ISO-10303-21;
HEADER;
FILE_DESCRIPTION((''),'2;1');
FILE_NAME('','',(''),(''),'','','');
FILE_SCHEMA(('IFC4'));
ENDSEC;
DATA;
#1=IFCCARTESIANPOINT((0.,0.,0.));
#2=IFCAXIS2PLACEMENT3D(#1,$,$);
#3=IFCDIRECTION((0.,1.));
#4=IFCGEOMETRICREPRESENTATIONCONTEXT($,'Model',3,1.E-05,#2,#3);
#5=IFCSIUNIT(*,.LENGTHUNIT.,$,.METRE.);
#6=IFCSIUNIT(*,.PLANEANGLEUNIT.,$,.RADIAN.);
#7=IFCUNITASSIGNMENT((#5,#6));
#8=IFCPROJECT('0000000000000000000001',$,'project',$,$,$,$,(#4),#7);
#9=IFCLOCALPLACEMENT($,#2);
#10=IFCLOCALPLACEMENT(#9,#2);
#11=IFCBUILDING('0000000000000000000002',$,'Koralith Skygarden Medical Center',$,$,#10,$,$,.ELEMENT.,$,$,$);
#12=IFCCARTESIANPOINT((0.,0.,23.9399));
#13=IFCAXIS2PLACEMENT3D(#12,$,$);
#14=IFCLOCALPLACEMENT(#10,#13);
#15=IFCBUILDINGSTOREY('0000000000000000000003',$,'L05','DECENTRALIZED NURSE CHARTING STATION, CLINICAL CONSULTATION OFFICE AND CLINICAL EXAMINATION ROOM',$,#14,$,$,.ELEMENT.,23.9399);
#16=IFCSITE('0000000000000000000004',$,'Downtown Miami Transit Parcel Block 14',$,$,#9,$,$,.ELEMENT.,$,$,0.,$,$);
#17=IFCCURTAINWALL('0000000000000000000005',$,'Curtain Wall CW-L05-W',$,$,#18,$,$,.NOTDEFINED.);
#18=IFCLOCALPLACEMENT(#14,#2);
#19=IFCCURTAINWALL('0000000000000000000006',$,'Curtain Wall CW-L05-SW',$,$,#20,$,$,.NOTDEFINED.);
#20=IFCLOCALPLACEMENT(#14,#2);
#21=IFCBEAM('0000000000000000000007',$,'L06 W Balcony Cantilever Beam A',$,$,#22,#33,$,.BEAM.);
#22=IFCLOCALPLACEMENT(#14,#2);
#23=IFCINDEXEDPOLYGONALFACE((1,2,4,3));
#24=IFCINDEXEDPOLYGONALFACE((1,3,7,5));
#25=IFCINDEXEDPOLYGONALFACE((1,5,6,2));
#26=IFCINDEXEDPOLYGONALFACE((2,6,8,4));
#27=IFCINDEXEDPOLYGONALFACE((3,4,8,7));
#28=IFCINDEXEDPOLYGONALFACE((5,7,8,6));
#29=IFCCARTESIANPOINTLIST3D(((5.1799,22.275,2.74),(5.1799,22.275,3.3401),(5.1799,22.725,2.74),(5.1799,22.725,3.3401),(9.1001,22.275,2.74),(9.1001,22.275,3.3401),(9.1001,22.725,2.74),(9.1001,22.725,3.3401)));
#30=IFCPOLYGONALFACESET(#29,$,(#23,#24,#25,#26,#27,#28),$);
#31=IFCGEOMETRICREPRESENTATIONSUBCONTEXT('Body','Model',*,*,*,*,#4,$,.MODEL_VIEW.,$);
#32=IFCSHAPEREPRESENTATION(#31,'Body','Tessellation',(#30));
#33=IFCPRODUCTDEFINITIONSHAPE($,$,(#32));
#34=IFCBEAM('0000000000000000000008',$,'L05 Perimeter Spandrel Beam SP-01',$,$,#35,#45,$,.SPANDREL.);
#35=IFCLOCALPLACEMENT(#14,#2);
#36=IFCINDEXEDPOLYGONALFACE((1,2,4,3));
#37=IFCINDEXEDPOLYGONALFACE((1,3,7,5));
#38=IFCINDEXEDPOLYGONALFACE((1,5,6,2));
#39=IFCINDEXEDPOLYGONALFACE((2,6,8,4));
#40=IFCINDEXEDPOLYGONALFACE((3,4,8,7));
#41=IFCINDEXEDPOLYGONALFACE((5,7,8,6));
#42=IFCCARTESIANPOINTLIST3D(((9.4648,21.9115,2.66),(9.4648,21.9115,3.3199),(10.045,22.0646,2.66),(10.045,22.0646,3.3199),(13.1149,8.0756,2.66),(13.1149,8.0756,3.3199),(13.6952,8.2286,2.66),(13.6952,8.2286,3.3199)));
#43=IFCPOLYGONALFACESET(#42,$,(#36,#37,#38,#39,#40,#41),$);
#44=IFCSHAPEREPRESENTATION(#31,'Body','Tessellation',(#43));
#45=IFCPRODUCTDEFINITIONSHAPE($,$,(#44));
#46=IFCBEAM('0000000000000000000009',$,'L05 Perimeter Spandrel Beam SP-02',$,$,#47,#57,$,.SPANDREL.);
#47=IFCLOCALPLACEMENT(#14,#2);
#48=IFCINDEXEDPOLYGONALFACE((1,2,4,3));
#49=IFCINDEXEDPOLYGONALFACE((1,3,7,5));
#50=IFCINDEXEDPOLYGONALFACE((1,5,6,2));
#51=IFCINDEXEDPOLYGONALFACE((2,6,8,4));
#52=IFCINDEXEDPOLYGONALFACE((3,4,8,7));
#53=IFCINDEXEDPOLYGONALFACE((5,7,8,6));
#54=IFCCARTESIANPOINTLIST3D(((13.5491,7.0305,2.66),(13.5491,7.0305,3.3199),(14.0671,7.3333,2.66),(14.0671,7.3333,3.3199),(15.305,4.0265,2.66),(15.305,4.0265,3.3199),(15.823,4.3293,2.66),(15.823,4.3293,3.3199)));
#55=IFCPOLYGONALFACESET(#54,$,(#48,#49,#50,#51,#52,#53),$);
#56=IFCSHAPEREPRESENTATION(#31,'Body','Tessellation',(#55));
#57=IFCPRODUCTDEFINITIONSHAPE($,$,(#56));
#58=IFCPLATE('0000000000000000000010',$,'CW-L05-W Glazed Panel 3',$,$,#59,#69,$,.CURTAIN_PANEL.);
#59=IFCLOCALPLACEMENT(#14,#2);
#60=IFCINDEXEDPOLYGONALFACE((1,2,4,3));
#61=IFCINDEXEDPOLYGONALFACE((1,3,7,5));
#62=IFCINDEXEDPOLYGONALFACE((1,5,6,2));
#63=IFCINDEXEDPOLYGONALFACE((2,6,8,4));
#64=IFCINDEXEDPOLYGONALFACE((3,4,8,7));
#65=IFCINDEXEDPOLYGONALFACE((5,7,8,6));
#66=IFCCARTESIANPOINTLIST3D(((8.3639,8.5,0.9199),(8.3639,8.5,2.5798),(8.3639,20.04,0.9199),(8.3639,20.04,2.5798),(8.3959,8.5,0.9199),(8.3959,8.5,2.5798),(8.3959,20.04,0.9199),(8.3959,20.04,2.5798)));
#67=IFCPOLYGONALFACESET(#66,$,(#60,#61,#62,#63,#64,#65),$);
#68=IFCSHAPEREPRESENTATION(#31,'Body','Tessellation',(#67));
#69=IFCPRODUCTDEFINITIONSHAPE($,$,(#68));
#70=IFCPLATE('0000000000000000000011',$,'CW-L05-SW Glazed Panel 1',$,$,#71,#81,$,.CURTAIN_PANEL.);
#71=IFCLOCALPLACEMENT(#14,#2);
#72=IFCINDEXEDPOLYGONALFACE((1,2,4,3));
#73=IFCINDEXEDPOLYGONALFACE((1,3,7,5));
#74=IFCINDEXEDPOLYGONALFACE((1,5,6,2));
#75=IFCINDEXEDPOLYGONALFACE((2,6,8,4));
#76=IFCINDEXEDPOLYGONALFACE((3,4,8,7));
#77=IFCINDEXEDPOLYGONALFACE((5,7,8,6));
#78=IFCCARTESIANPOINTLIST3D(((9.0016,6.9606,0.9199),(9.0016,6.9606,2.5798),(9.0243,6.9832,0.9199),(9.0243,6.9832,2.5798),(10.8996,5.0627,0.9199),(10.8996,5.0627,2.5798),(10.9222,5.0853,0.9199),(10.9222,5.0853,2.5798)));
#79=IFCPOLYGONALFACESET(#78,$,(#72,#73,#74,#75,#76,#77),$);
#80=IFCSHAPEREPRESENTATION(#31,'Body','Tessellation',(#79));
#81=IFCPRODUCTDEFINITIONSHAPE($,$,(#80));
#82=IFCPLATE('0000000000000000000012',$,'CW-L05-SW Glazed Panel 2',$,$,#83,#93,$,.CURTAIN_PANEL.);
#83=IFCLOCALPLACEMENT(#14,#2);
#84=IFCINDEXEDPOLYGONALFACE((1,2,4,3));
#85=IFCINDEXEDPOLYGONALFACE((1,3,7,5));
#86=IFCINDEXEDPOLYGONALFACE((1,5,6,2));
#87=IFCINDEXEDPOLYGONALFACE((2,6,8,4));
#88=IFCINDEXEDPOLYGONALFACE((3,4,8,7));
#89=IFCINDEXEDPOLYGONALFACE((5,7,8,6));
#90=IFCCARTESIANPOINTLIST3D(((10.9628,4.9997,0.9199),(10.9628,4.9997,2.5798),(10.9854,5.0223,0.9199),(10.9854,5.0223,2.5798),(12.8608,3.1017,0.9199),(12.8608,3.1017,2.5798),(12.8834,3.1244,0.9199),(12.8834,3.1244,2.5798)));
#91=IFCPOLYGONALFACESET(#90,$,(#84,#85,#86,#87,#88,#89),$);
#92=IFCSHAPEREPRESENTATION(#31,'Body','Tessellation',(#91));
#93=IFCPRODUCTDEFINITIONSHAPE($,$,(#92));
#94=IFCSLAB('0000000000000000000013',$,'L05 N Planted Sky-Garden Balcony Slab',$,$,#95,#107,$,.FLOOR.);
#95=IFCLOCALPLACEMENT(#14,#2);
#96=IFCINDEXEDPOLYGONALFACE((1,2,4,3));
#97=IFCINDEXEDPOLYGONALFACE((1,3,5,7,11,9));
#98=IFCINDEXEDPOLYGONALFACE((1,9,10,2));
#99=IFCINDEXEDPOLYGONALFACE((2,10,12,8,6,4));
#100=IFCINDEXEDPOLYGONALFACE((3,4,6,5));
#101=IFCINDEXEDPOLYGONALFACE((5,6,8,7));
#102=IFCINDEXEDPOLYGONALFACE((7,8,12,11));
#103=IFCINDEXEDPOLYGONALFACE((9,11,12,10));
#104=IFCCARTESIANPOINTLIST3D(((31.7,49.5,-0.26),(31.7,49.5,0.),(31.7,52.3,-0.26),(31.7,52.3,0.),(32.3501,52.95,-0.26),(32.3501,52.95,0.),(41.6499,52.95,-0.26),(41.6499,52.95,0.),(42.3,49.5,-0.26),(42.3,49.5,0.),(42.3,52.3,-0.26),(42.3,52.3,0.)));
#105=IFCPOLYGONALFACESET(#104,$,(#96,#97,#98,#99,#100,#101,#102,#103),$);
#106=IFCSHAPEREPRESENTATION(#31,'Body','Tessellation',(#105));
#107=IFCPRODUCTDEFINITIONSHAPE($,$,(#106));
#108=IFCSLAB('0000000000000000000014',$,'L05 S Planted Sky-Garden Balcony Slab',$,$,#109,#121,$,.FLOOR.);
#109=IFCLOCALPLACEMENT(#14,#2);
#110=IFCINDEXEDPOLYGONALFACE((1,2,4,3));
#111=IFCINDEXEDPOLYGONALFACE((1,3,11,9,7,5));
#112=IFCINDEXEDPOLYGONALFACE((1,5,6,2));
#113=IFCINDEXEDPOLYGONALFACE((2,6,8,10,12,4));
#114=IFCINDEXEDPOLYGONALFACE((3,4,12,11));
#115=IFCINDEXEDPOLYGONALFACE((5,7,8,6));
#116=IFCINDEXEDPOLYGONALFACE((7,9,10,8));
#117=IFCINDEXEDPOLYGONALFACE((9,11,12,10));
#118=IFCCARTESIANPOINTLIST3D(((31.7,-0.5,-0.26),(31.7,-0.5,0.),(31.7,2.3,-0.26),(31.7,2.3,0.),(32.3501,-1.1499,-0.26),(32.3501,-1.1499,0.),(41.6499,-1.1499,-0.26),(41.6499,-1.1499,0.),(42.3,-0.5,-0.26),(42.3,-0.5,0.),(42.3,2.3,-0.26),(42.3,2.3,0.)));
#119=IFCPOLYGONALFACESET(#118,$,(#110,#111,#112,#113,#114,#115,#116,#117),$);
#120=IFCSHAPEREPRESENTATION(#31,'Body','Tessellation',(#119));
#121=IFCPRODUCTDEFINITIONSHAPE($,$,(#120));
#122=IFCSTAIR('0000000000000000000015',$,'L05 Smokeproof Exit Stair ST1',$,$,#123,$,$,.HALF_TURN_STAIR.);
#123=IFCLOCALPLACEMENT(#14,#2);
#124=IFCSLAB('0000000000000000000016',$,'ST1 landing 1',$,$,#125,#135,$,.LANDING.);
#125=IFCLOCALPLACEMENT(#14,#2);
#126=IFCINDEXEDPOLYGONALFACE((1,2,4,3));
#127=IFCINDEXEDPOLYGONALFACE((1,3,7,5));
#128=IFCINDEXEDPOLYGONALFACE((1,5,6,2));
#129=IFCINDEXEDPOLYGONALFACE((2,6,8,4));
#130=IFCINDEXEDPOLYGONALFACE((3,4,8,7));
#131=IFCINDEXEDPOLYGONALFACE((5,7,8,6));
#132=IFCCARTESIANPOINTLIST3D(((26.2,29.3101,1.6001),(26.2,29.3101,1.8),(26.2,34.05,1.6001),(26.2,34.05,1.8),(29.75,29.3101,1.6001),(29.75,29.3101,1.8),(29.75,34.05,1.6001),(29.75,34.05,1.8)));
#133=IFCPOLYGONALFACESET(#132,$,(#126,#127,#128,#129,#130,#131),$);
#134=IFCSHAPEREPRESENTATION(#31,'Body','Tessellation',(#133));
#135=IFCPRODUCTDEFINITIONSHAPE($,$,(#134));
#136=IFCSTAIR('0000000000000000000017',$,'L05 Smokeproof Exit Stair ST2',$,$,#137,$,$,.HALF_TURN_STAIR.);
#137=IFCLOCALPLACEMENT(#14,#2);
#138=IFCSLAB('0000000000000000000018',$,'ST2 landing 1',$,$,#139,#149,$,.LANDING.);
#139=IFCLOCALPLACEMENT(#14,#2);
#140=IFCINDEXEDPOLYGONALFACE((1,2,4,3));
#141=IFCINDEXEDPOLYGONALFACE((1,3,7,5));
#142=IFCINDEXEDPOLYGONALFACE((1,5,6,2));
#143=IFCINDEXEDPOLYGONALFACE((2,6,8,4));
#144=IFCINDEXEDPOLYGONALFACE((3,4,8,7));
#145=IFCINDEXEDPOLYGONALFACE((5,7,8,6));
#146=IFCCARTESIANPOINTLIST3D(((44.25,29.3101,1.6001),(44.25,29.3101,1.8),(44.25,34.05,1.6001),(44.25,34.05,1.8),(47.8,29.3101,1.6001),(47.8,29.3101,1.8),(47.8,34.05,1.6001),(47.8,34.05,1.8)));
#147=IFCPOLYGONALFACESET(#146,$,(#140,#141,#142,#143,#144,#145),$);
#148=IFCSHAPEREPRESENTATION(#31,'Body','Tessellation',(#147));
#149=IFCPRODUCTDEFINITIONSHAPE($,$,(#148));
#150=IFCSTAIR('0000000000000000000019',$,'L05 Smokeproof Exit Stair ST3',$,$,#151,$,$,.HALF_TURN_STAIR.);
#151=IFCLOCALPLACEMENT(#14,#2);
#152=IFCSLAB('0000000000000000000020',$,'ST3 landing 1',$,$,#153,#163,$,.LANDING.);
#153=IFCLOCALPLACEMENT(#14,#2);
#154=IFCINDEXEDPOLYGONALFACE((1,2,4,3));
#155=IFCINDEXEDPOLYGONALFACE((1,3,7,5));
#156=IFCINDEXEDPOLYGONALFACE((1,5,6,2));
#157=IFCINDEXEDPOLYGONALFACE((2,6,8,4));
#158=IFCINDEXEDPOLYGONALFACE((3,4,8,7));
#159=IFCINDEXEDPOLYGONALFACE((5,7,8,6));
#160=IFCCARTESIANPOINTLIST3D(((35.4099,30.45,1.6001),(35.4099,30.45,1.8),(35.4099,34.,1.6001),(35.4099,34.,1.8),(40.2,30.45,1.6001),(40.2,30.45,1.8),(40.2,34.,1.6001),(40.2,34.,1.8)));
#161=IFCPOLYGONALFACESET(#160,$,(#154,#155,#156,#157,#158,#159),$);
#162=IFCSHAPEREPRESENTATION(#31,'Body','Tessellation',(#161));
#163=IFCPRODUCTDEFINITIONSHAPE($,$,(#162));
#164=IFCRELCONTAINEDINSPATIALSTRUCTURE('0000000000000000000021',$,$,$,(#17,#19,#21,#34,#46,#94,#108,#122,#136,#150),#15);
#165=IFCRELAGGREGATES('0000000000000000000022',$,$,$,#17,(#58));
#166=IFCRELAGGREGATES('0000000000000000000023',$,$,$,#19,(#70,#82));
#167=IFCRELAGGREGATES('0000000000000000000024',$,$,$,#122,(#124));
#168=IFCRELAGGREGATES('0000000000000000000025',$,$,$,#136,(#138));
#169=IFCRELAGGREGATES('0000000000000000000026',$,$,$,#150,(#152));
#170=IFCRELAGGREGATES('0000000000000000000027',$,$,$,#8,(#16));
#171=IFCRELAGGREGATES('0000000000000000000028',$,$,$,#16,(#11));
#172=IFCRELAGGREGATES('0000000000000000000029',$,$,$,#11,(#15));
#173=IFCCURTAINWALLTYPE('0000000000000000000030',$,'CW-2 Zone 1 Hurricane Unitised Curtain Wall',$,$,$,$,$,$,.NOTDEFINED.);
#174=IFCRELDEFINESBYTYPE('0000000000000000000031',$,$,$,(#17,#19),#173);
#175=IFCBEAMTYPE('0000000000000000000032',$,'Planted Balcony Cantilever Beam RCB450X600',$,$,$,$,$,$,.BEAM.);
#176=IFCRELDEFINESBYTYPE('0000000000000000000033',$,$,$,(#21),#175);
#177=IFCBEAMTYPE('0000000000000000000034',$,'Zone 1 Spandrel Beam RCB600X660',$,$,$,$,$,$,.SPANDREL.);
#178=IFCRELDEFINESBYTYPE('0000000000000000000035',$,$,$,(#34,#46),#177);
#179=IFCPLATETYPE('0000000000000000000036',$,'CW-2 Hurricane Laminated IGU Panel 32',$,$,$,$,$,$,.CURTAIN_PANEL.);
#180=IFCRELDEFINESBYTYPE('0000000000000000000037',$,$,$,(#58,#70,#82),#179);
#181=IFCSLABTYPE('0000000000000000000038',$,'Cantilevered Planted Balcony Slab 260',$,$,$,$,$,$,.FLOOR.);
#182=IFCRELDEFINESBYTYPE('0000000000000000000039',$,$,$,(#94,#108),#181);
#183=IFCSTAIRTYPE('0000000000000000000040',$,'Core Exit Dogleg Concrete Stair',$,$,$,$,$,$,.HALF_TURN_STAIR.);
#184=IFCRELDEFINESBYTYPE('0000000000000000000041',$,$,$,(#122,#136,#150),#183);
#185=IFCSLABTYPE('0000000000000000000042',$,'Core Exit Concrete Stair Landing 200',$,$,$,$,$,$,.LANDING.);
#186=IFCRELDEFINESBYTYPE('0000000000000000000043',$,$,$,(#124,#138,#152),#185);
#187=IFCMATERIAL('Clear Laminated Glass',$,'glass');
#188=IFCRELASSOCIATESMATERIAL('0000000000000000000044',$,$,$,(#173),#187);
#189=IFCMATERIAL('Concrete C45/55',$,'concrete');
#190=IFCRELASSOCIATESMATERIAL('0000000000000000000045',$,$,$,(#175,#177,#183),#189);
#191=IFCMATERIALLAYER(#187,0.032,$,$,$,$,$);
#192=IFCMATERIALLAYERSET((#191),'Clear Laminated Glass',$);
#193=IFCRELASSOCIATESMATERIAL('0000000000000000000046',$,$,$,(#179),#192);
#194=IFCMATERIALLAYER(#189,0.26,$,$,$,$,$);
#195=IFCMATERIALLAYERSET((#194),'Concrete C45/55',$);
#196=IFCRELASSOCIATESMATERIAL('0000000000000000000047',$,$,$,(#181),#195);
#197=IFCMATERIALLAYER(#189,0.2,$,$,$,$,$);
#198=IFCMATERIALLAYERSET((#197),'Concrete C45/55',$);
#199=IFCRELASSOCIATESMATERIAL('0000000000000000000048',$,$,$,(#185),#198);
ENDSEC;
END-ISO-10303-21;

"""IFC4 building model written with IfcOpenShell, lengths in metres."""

from ifc_helpers import new_model, si_unit, direction, frame, origin, origin_2d, place, context, subcontext, project, spatial, polyline, rectangle, outline, extrude, material, layer, layer_set, material_profile, profile_set, type_object, element, aggregate, save


model = new_model("IFC4")

# Units and contexts
model_context = context("Model", 3, precision=1e-05, world=origin(), true_north=direction((0.0, 1.0)))
body_context = subcontext(model_context, "Body", "Model", "MODEL_VIEW")
ifc_project = project(units=[si_unit("LENGTHUNIT", "METRE"), si_unit("PLANEANGLEUNIT", "RADIAN")], contexts=[model_context])

# Site, building, storey
site_placement = place(None, origin())
site = spatial("IfcSite", under=ifc_project, at=site_placement, Name="Downtown Miami Transit Parcel Block 14", CompositionType="ELEMENT", RefElevation=0.0)
building_placement = place(site_placement, origin())
building = spatial("IfcBuilding", under=site, at=building_placement, Name="Koralith Skygarden Medical Center", CompositionType="ELEMENT")
storey_placement = place(building_placement, frame((0.0, 0.0, 23.9399)))
storey = spatial("IfcBuildingStorey", under=building, at=storey_placement, Name="L05", Description="DECENTRALIZED NURSE CHARTING STATION, CLINICAL CONSULTATION OFFICE AND CLINICAL EXAMINATION ROOM", CompositionType="ELEMENT", Elevation=23.9399)

# Shared definitions
ifc_material_1 = material(Name="Clear Laminated Glass", Category="glass")
curtain_wall_type = type_object("IfcCurtainWallType", Name="CW-2 Zone 1 Hurricane Unitised Curtain Wall", PredefinedType="NOTDEFINED", material=ifc_material_1)

# Curtain walls
curtain_wall_1_placement = place(storey_placement, origin())
curtain_wall_1 = element("IfcCurtainWall", 1, at=curtain_wall_1_placement, inside=storey, type_object=curtain_wall_type, Name="Curtain Wall CW-L05-W", PredefinedType="NOTDEFINED")
curtain_wall_2_placement = place(storey_placement, origin())
curtain_wall_2 = element("IfcCurtainWall", 2, at=curtain_wall_2_placement, inside=storey, type_object=curtain_wall_type, Name="Curtain Wall CW-L05-SW", PredefinedType="NOTDEFINED")

# Beams
ifc_material_2 = material(Name="Concrete C45/55", Category="concrete")
ifc_material_profile_1 = material_profile(ifc_material_2, rectangle(XDim=0.45, YDim=0.6001, at=origin_2d()), Name="RCB450X600")
ifc_profile_set_1 = profile_set([ifc_material_profile_1], Name="Concrete C45/55")
beam_type_1 = type_object("IfcBeamType", Name="Planted Balcony Cantilever Beam RCB450X600", PredefinedType="BEAM", material=ifc_profile_set_1)
beam_1_placement = place(storey_placement, frame((9.1001, 22.5, 3.04), z_axis=(-1.0, 0.0, 0.0), x_axis=(0.0, -1.0, 0.0)))
element("IfcBeam", 3, at=beam_1_placement, inside=storey, type_object=beam_type_1, Name="L06 W Balcony Cantilever Beam A", PredefinedType="BEAM", context=body_context, shape_type="SweptSolid", body=[
    extrude(rectangle(XDim=0.45, YDim=0.6001, at=origin_2d()), origin(), (0.0, 0.0, 1.0), 3.9202),
])
ifc_material_profile_2 = material_profile(ifc_material_2, rectangle(XDim=0.6001, YDim=0.6599, at=origin_2d()), Name="RCB600X660")
ifc_profile_set_2 = profile_set([ifc_material_profile_2], Name="Concrete C45/55")
beam_type_2 = type_object("IfcBeamType", Name="Zone 1 Spandrel Beam RCB600X660", PredefinedType="SPANDREL", material=ifc_profile_set_2)
beam_2_placement = place(storey_placement, frame((9.7549, 21.988, 2.99), z_axis=(0.255089, -0.966918, 0.0), x_axis=(0.966918, 0.255089, 0.0)))
element("IfcBeam", 4, at=beam_2_placement, inside=storey, type_object=beam_type_2, Name="L05 Perimeter Spandrel Beam SP-01", PredefinedType="SPANDREL", context=body_context, shape_type="SweptSolid", body=[
    extrude(rectangle(XDim=0.6001, YDim=0.6599, at=origin_2d()), origin(), (0.0, 0.0, 1.0), 14.3093),
])
beam_3_placement = place(storey_placement, frame((13.8081, 7.1819, 2.99), z_axis=(0.504639, -0.863331, 0.0), x_axis=(0.863331, 0.504639, 0.0)))
element("IfcBeam", 5, at=beam_3_placement, inside=storey, type_object=beam_type_2, Name="L05 Perimeter Spandrel Beam SP-02", PredefinedType="SPANDREL", context=body_context, shape_type="SweptSolid", body=[
    extrude(rectangle(XDim=0.6001, YDim=0.6599, at=origin_2d()), origin(), (0.0, 0.0, 1.0), 3.4795),
])

# Plates
ifc_layer_1 = layer(ifc_material_1, 0.032)
ifc_layer_set_1 = layer_set([ifc_layer_1], Name="Clear Laminated Glass")
plate_type_1 = type_object("IfcPlateType", Name="CW-2 Hurricane Laminated IGU Panel 32", PredefinedType="CURTAIN_PANEL", material=ifc_layer_set_1)
plate_1_placement = place(storey_placement, frame((8.3799, 14.27, 0.9199), z_axis=(0.0, 0.0, 1.0), x_axis=(0.0, -1.0, 0.0)))
plate_1 = element("IfcPlate", 6, at=plate_1_placement, type_object=plate_type_1, Name="CW-L05-W Glazed Panel 3", PredefinedType="CURTAIN_PANEL", context=body_context, shape_type="SweptSolid", body=[
    extrude(rectangle(XDim=11.54, YDim=0.032, at=origin_2d()), origin(), (0.0, 0.0, 1.0), 1.6599),
])
aggregate(curtain_wall_1, [plate_1])
plate_2_placement = place(storey_placement, frame((9.9619, 6.0229, 0.9199), z_axis=(0.0, 0.0, 1.0), x_axis=(0.707107, -0.707107, 0.0)))
plate_2 = element("IfcPlate", 7, at=plate_2_placement, type_object=plate_type_1, Name="CW-L05-SW Glazed Panel 1", PredefinedType="CURTAIN_PANEL", context=body_context, shape_type="SweptSolid", body=[
    extrude(rectangle(XDim=2.6841, YDim=0.032, at=origin_2d()), origin(), (0.0, 0.0, 1.0), 1.6599),
])
plate_3_placement = place(storey_placement, frame((11.9231, 4.062, 0.9199), z_axis=(0.0, 0.0, 1.0), x_axis=(0.707107, -0.707107, 0.0)))
plate_3 = element("IfcPlate", 8, at=plate_3_placement, type_object=plate_type_1, Name="CW-L05-SW Glazed Panel 2", PredefinedType="CURTAIN_PANEL", context=body_context, shape_type="SweptSolid", body=[
    extrude(rectangle(XDim=2.6841, YDim=0.032, at=origin_2d()), origin(), (0.0, 0.0, 1.0), 1.6599),
])
aggregate(curtain_wall_2, [plate_2, plate_3])

# Slabs
ifc_layer_2 = layer(ifc_material_2, 0.26)
ifc_layer_set_2 = layer_set([ifc_layer_2], Name="Concrete C45/55")
slab_type_1 = type_object("IfcSlabType", Name="Cantilevered Planted Balcony Slab 260", PredefinedType="FLOOR", material=ifc_layer_set_2)
slab_1_placement = place(storey_placement, frame((0.0, 0.0, -0.26)))
element("IfcSlab", 9, at=slab_1_placement, inside=storey, type_object=slab_type_1, Name="L05 N Planted Sky-Garden Balcony Slab", PredefinedType="FLOOR", context=body_context, shape_type="SweptSolid", body=[
    extrude(outline(polyline([(31.7, 49.5), (42.3, 49.5), (42.3, 52.3), (41.6499, 52.95), (32.3501, 52.95), (31.7, 52.3), (31.7, 49.5)])), origin(), (0.0, 0.0, 1.0), 0.26),
])
slab_2_placement = place(storey_placement, frame((0.0, 0.0, -0.26)))
element("IfcSlab", 10, at=slab_2_placement, inside=storey, type_object=slab_type_1, Name="L05 S Planted Sky-Garden Balcony Slab", PredefinedType="FLOOR", context=body_context, shape_type="SweptSolid", body=[
    extrude(outline(polyline([(32.3501, -1.1499), (41.6499, -1.1499), (42.3, -0.5), (42.3, 2.3), (31.7, 2.3), (31.7, -0.5), (32.3501, -1.1499)])), origin(), (0.0, 0.0, 1.0), 0.26),
])

# Stairs, slabs
stair_type = type_object("IfcStairType", Name="Core Exit Dogleg Concrete Stair", PredefinedType="HALF_TURN_STAIR", material=ifc_material_2)
stair_1_placement = place(storey_placement, origin())
stair_1 = element("IfcStair", 11, at=stair_1_placement, inside=storey, type_object=stair_type, Name="L05 Smokeproof Exit Stair ST1", PredefinedType="HALF_TURN_STAIR")
ifc_layer_3 = layer(ifc_material_2, 0.2)
ifc_layer_set_3 = layer_set([ifc_layer_3], Name="Concrete C45/55")
slab_type_2 = type_object("IfcSlabType", Name="Core Exit Concrete Stair Landing 200", PredefinedType="LANDING", material=ifc_layer_set_3)
slab_3_placement = place(storey_placement, frame((0.0, 0.0, 1.6001)))
slab_3 = element("IfcSlab", 12, at=slab_3_placement, type_object=slab_type_2, Name="ST1 landing 1", PredefinedType="LANDING", context=body_context, shape_type="SweptSolid", body=[
    extrude(outline(polyline([(29.75, 29.3101), (29.75, 34.05), (26.2, 34.05), (26.2, 29.3101), (29.75, 29.3101)])), origin(), (0.0, 0.0, 1.0), 0.2),
])
aggregate(stair_1, [slab_3])
stair_2_placement = place(storey_placement, origin())
stair_2 = element("IfcStair", 13, at=stair_2_placement, inside=storey, type_object=stair_type, Name="L05 Smokeproof Exit Stair ST2", PredefinedType="HALF_TURN_STAIR")
slab_4_placement = place(storey_placement, frame((0.0, 0.0, 1.6001)))
slab_4 = element("IfcSlab", 14, at=slab_4_placement, type_object=slab_type_2, Name="ST2 landing 1", PredefinedType="LANDING", context=body_context, shape_type="SweptSolid", body=[
    extrude(outline(polyline([(47.8, 29.3101), (47.8, 34.05), (44.25, 34.05), (44.25, 29.3101), (47.8, 29.3101)])), origin(), (0.0, 0.0, 1.0), 0.2),
])
aggregate(stair_2, [slab_4])
stair_3_placement = place(storey_placement, origin())
stair_3 = element("IfcStair", 15, at=stair_3_placement, inside=storey, type_object=stair_type, Name="L05 Smokeproof Exit Stair ST3", PredefinedType="HALF_TURN_STAIR")
slab_5_placement = place(storey_placement, frame((0.0, 0.0, 1.6001)))
slab_5 = element("IfcSlab", 16, at=slab_5_placement, type_object=slab_type_2, Name="ST3 landing 1", PredefinedType="LANDING", context=body_context, shape_type="SweptSolid", body=[
    extrude(outline(polyline([(35.4099, 30.45), (40.2, 30.45), (40.2, 34.0), (35.4099, 34.0), (35.4099, 30.45)])), origin(), (0.0, 0.0, 1.0), 0.2),
])
aggregate(stair_3, [slab_5])

save(model, "model.ifc")
